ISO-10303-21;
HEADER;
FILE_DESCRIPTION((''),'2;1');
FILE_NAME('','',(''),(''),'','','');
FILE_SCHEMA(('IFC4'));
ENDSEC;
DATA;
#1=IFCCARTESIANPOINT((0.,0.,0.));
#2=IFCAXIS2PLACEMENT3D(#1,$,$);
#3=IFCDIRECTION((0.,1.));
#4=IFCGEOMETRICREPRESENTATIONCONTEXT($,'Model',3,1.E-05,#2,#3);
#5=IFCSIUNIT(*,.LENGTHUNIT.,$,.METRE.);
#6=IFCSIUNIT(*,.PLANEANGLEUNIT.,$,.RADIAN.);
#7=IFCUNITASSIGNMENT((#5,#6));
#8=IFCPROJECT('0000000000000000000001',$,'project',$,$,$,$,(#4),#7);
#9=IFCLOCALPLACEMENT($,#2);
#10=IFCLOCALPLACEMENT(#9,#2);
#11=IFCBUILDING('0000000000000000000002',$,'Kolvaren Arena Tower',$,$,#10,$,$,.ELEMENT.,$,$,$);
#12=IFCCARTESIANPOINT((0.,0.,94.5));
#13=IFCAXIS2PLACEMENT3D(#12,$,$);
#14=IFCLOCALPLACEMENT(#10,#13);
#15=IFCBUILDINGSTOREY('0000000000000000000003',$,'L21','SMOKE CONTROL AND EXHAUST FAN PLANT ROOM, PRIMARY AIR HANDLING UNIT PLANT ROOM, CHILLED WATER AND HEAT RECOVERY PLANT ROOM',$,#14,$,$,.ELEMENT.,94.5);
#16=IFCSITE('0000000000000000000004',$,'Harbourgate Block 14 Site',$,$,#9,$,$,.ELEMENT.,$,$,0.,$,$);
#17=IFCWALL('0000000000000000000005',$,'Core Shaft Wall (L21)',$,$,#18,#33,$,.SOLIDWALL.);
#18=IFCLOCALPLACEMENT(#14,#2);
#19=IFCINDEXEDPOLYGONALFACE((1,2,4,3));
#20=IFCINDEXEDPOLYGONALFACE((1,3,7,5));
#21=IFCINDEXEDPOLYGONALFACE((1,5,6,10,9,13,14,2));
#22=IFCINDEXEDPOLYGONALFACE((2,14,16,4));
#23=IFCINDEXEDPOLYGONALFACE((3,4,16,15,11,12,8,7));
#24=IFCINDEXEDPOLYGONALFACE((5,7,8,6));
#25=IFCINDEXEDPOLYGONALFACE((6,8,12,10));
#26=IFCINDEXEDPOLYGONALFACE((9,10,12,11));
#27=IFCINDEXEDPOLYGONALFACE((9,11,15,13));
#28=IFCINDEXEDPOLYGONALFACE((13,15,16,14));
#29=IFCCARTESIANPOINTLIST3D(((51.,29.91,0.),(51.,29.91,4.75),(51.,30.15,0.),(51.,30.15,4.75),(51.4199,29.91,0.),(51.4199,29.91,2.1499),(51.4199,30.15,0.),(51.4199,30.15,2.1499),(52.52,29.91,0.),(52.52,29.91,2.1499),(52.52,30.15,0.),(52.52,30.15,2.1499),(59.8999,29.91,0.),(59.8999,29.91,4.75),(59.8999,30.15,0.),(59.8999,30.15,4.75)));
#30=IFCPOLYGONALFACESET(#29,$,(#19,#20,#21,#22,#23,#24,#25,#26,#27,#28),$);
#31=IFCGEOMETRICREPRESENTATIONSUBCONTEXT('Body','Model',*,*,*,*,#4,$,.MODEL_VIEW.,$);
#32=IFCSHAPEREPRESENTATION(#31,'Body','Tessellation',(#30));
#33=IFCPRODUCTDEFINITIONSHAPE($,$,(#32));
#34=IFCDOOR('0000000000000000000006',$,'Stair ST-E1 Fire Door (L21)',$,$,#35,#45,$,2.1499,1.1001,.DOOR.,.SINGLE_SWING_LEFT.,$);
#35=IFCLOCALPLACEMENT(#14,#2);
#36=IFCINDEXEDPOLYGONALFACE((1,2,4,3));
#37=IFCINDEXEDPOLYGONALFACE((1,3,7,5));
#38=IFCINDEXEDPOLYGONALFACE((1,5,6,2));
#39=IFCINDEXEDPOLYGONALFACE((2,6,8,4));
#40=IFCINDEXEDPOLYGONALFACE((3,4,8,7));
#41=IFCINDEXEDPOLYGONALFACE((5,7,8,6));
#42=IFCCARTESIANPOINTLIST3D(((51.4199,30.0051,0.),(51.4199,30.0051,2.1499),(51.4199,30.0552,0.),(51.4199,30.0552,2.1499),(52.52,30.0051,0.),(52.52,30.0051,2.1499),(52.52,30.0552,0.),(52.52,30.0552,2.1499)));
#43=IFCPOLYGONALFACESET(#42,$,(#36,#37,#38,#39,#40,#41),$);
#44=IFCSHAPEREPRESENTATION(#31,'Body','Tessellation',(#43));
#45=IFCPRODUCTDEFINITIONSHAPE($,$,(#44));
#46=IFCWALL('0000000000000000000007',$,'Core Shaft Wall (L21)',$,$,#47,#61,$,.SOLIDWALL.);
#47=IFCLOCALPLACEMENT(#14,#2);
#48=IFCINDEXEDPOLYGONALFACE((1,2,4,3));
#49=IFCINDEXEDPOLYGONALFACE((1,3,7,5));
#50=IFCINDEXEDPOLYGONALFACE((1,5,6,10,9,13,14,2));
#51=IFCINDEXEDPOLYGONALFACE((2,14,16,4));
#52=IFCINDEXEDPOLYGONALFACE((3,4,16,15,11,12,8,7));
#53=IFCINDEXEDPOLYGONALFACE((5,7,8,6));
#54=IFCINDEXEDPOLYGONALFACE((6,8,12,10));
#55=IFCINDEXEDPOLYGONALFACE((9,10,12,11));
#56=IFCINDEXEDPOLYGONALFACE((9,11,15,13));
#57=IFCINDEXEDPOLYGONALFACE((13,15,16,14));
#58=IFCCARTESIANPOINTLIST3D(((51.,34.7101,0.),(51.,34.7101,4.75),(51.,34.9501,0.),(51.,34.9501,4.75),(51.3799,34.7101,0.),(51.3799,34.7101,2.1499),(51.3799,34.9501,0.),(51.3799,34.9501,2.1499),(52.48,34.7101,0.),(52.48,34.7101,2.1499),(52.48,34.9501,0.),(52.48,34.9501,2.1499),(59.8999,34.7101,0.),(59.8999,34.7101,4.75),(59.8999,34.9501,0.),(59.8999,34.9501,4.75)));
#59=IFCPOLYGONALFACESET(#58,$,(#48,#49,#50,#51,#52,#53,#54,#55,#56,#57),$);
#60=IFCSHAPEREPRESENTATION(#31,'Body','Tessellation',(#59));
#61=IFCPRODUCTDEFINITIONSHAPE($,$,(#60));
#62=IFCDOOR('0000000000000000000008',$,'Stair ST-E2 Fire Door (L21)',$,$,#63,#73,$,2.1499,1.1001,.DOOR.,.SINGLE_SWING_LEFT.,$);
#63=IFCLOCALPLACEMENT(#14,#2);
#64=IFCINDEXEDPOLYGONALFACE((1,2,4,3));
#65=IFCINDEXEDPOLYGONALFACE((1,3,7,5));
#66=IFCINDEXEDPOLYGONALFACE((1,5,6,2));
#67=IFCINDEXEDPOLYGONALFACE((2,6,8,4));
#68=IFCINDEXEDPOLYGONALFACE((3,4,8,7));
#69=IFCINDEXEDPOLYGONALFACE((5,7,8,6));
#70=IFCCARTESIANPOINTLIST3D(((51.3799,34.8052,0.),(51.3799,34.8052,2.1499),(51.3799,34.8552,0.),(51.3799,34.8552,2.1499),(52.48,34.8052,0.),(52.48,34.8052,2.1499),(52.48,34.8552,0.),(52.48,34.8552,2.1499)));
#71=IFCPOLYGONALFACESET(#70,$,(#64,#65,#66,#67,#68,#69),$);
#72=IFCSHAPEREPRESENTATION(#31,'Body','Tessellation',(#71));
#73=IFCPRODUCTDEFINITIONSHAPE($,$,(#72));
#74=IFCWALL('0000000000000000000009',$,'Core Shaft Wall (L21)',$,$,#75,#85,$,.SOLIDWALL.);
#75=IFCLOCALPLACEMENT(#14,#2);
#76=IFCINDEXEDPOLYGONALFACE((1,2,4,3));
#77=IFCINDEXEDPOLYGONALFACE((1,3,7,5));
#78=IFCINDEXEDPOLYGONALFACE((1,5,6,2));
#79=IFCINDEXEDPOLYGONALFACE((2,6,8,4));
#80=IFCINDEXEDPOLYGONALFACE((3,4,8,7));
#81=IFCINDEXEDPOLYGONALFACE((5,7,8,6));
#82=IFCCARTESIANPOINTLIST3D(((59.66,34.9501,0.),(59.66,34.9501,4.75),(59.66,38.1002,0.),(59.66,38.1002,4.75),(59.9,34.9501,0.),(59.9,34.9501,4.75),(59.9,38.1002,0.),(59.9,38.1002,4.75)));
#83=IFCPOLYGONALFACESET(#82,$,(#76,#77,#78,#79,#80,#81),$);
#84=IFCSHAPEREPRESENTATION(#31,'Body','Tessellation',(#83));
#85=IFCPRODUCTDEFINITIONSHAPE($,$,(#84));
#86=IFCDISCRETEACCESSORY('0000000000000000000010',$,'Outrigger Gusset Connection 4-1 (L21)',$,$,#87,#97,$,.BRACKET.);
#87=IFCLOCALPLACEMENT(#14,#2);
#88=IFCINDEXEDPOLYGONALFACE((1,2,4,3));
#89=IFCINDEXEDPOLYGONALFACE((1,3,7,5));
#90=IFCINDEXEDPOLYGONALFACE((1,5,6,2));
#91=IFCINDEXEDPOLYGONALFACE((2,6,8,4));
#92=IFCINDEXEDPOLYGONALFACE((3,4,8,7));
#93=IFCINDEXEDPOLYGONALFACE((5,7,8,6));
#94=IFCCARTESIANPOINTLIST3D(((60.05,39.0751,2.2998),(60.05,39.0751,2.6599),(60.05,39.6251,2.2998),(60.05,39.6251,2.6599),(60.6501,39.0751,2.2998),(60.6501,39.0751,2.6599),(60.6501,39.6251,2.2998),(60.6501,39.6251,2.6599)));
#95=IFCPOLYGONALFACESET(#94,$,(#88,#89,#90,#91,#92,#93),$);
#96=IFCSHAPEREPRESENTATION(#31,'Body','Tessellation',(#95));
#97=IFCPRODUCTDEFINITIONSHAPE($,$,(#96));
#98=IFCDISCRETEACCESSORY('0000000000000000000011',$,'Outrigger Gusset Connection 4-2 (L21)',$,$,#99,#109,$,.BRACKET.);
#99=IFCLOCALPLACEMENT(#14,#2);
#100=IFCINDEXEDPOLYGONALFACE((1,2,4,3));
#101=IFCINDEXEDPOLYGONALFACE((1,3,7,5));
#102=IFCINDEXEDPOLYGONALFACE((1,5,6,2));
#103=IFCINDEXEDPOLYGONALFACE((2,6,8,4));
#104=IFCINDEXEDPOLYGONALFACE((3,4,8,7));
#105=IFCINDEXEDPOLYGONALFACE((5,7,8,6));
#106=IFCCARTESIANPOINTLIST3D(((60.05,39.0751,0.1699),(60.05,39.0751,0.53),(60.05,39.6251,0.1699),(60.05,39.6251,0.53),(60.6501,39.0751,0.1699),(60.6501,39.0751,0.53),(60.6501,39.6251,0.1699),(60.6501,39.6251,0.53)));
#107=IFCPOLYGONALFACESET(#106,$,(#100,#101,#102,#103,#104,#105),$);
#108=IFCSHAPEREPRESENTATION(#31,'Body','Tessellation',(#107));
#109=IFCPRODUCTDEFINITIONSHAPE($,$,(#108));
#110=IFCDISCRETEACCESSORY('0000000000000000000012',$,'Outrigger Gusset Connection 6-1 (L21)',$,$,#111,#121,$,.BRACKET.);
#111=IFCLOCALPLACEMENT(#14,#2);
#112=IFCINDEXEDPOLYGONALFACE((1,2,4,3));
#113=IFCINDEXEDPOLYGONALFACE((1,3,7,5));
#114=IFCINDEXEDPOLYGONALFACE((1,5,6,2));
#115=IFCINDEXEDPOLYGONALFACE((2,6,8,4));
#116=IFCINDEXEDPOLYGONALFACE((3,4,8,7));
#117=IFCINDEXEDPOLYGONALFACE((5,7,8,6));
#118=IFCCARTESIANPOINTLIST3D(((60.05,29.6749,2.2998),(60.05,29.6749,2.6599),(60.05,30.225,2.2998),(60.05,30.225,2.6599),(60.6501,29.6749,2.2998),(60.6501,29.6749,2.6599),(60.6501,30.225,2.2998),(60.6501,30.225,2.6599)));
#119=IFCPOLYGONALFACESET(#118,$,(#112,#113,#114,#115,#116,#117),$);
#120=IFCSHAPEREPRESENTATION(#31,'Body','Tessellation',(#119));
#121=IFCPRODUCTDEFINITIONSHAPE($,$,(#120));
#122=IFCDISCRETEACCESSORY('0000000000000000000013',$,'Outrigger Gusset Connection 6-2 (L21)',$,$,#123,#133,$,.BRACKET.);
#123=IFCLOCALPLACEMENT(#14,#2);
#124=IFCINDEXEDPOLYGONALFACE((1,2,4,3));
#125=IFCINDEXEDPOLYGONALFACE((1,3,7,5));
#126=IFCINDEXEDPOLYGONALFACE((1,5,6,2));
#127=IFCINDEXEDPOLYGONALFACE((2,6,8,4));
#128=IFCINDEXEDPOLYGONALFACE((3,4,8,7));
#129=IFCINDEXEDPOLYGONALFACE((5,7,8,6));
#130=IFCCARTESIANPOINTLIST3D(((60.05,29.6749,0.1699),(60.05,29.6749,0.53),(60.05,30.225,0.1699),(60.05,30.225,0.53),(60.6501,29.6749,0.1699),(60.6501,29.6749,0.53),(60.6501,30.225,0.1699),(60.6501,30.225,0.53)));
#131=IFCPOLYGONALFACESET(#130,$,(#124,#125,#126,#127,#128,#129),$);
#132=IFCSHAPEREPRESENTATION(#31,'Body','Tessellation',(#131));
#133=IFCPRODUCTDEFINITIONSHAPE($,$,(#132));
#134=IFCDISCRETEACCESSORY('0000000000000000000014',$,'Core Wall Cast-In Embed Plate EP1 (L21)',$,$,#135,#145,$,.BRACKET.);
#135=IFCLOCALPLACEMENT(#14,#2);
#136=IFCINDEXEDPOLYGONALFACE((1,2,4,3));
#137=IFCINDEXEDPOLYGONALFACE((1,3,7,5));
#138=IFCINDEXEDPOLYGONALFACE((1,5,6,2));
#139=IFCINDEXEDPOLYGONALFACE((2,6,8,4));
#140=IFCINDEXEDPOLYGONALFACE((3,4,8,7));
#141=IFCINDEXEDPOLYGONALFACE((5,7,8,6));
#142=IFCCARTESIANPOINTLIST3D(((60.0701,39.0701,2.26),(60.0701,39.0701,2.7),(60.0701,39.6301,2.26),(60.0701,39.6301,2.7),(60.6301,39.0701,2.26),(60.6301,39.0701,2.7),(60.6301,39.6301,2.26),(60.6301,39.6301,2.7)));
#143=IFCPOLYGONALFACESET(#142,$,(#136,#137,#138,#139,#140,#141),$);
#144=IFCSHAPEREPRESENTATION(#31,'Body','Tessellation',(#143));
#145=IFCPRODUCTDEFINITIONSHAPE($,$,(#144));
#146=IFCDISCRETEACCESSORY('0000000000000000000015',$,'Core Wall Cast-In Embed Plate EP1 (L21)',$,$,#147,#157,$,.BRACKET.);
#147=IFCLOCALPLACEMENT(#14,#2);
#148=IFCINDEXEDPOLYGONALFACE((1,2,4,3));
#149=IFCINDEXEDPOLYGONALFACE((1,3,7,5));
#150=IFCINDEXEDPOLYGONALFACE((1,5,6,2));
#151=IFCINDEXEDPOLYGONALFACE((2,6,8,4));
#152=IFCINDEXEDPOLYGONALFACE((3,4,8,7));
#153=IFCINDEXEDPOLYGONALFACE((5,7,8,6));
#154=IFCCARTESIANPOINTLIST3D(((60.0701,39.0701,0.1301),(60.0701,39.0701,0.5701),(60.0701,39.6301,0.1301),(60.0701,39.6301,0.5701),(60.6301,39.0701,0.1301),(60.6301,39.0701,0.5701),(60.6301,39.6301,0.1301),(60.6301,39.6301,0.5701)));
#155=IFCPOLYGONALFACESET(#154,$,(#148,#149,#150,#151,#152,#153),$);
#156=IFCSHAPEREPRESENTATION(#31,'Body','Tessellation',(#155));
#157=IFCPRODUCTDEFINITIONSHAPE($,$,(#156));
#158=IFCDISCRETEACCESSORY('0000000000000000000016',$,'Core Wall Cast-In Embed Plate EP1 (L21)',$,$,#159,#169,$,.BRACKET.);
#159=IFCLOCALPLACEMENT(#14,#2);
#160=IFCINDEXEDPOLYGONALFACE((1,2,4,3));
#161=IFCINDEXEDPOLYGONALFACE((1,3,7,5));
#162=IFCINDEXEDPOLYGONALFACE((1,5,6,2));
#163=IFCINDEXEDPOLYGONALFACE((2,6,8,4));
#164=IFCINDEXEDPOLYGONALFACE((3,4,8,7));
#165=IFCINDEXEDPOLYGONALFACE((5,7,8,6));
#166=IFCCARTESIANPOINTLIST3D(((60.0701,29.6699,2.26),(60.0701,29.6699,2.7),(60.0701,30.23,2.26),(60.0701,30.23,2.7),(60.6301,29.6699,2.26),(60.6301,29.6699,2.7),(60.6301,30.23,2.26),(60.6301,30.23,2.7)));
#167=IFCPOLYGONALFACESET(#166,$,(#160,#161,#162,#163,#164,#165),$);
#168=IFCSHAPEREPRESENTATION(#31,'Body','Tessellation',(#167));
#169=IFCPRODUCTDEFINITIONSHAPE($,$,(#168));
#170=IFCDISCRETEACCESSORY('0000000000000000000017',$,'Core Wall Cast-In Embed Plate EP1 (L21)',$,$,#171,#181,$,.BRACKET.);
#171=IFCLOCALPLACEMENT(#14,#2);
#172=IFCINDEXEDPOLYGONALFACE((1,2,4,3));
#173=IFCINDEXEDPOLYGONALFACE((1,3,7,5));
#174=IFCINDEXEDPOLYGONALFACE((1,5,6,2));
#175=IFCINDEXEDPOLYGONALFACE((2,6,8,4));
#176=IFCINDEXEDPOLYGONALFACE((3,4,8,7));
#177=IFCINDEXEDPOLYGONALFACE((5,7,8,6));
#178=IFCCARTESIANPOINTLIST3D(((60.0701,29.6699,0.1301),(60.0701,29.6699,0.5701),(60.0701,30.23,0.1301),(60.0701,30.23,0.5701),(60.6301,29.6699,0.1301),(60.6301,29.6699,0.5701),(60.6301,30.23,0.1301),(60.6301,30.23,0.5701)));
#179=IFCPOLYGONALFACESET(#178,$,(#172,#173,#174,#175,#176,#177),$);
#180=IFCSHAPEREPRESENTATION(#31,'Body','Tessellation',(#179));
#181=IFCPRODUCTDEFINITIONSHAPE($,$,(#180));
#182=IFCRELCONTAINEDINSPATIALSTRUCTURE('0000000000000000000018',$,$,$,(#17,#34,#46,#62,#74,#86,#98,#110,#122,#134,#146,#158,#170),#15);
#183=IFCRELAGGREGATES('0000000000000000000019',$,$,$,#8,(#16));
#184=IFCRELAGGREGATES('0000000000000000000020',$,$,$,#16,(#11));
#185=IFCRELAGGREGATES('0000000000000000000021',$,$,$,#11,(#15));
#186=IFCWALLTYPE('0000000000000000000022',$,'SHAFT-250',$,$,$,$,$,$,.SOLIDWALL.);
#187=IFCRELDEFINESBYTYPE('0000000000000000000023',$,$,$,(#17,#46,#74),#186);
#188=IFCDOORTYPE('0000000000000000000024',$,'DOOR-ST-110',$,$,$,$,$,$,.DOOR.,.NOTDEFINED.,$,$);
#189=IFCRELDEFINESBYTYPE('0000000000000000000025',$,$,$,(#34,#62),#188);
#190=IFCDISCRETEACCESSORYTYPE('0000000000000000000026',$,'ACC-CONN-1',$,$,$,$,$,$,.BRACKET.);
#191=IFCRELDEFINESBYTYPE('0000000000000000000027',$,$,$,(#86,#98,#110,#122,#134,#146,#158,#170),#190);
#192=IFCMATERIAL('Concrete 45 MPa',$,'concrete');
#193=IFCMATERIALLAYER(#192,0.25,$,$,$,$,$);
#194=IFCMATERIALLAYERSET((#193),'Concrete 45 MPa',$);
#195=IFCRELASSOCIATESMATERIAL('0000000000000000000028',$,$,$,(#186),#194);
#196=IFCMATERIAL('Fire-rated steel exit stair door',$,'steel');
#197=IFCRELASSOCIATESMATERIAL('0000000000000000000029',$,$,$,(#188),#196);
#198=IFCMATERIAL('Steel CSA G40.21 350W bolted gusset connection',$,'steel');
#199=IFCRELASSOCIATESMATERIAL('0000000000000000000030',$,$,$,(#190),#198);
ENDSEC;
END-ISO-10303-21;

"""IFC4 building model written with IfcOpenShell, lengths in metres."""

from ifc_helpers import new_model, si_unit, direction, frame, frame_2d, origin, origin_2d, place, context, subcontext, project, spatial, rectangle, extrude, material, layer, layer_set, type_object, element, fill, save


model = new_model("IFC4")

# Units and contexts
model_context = context("Model", 3, precision=1e-05, world=origin(), true_north=direction((0.0, 1.0)))
body_context = subcontext(model_context, "Body", "Model", "MODEL_VIEW")
ifc_project = project(units=[si_unit("LENGTHUNIT", "METRE"), si_unit("PLANEANGLEUNIT", "RADIAN")], contexts=[model_context])

# Site, building, storey
site_placement = place(None, origin())
site = spatial("IfcSite", under=ifc_project, at=site_placement, Name="Harbourgate Block 14 Site", CompositionType="ELEMENT", RefElevation=0.0)
building_placement = place(site_placement, origin())
building = spatial("IfcBuilding", under=site, at=building_placement, Name="Kolvaren Arena Tower", CompositionType="ELEMENT")
storey_placement = place(building_placement, frame((0.0, 0.0, 94.5)))
storey = spatial("IfcBuildingStorey", under=building, at=storey_placement, Name="L21", Description="SMOKE CONTROL AND EXHAUST FAN PLANT ROOM, PRIMARY AIR HANDLING UNIT PLANT ROOM, CHILLED WATER AND HEAT RECOVERY PLANT ROOM", CompositionType="ELEMENT", Elevation=94.5)

# Walls, openings, doors
ifc_material_1 = material(Name="Concrete 45 MPa", Category="concrete")
ifc_layer = layer(ifc_material_1, 0.25)
ifc_layer_set = layer_set([ifc_layer], Name="Concrete 45 MPa")
wall_type = type_object("IfcWallType", Name="SHAFT-250", PredefinedType="SOLIDWALL", material=ifc_layer_set)
wall_1_placement = place(storey_placement, frame((59.8999, 30.03, 0.0), z_axis=(0.0, 0.0, 1.0), x_axis=(-1.0, 0.0, 0.0)))
wall_1 = element("IfcWall", 1, at=wall_1_placement, inside=storey, type_object=wall_type, Name="Core Shaft Wall (L21)", PredefinedType="SOLIDWALL", context=body_context, shape_type="SweptSolid", body=[
    extrude(rectangle(XDim=8.8999, YDim=0.24, at=frame_2d((4.45, 0.0))), origin(), (0.0, 0.0, 1.0), 4.75),
])
opening_1_placement = place(wall_1_placement, frame((7.3799, 0.0, 0.0)))
opening_1 = element("IfcOpeningElement", 2, at=opening_1_placement, cuts=wall_1, PredefinedType="OPENING", context=body_context, shape_type="SweptSolid", body=[
    extrude(rectangle(XDim=1.1001, YDim=2.1499, at=frame_2d((0.55, 1.075))), frame((0.0, 0.1299, 0.0), z_axis=(0.0, -1.0, 0.0), x_axis=(1.0, 0.0, 0.0)), (0.0, 0.0, 1.0), 0.26),
])
ifc_material_2 = material(Name="Fire-rated steel exit stair door", Category="steel")
door_type = type_object("IfcDoorType", Name="DOOR-ST-110", OperationType="NOTDEFINED", PredefinedType="DOOR", material=ifc_material_2)
door_1_placement = place(opening_1_placement, origin())
door_1 = element("IfcDoor", 3, at=door_1_placement, inside=storey, type_object=door_type, Name="Stair ST-E1 Fire Door (L21)", OperationType="SINGLE_SWING_LEFT", OverallHeight=2.1499, OverallWidth=1.1001, PredefinedType="DOOR", context=body_context, shape_type="SweptSolid", body=[
    extrude(rectangle(XDim=1.1001, YDim=2.1499, at=frame_2d((0.55, 1.075))), frame((0.0, 0.0249, 0.0), z_axis=(0.0, -1.0, 0.0), x_axis=(1.0, 0.0, 0.0)), (0.0, 0.0, 1.0), 0.05),
])
fill(opening_1, door_1)
wall_2_placement = place(storey_placement, frame((59.8999, 34.8301, 0.0), z_axis=(0.0, 0.0, 1.0), x_axis=(-1.0, 0.0, 0.0)))
wall_2 = element("IfcWall", 4, at=wall_2_placement, inside=storey, type_object=wall_type, Name="Core Shaft Wall (L21)", PredefinedType="SOLIDWALL", context=body_context, shape_type="SweptSolid", body=[
    extrude(rectangle(XDim=8.8999, YDim=0.24, at=frame_2d((4.45, 0.0))), origin(), (0.0, 0.0, 1.0), 4.75),
])
opening_2_placement = place(wall_2_placement, frame((7.4199, 0.0, 0.0)))
opening_2 = element("IfcOpeningElement", 5, at=opening_2_placement, cuts=wall_2, PredefinedType="OPENING", context=body_context, shape_type="SweptSolid", body=[
    extrude(rectangle(XDim=1.1001, YDim=2.1499, at=frame_2d((0.55, 1.075))), frame((0.0, 0.1299, 0.0), z_axis=(0.0, -1.0, 0.0), x_axis=(1.0, 0.0, 0.0)), (0.0, 0.0, 1.0), 0.26),
])
door_2_placement = place(opening_2_placement, origin())
door_2 = element("IfcDoor", 6, at=door_2_placement, inside=storey, type_object=door_type, Name="Stair ST-E2 Fire Door (L21)", OperationType="SINGLE_SWING_LEFT", OverallHeight=2.1499, OverallWidth=1.1001, PredefinedType="DOOR", context=body_context, shape_type="SweptSolid", body=[
    extrude(rectangle(XDim=1.1001, YDim=2.1499, at=frame_2d((0.55, 1.075))), frame((0.0, 0.0249, 0.0), z_axis=(0.0, -1.0, 0.0), x_axis=(1.0, 0.0, 0.0)), (0.0, 0.0, 1.0), 0.05),
])
fill(opening_2, door_2)

# Wall
wall_3_placement = place(storey_placement, frame((59.78, 34.95, 0.0), z_axis=(0.0, 0.0, 1.0), x_axis=(0.0, 1.0, 0.0)))
element("IfcWall", 7, at=wall_3_placement, inside=storey, type_object=wall_type, Name="Core Shaft Wall (L21)", PredefinedType="SOLIDWALL", context=body_context, shape_type="SweptSolid", body=[
    extrude(rectangle(XDim=3.1501, YDim=0.24, at=frame_2d((1.5752, 0.0))), origin(), (0.0, 0.0, 1.0), 4.75),
])

# Discrete accessories
ifc_material_3 = material(Name="Steel CSA G40.21 350W bolted gusset connection", Category="steel")
discrete_accessory_type = type_object("IfcDiscreteAccessoryType", Name="ACC-CONN-1", PredefinedType="BRACKET", material=ifc_material_3)
for number, where, z_axis, x_axis, name in (
    (8, (60.3501, 39.3501, 2.2998), (0.0, 0.0, 1.0), (1.0, 0.0, 0.0), "Outrigger Gusset Connection 4-1 (L21)"),
    (9, (60.3501, 39.3501, 0.1699), (0.0, 0.0, 1.0), (1.0, 0.0, 0.0), "Outrigger Gusset Connection 4-2 (L21)"),
    (10, (60.3501, 29.95, 2.2998), (0.0, 0.0, 1.0), (1.0, 0.0, 0.0), "Outrigger Gusset Connection 6-1 (L21)"),
    (11, (60.3501, 29.95, 0.1699), (0.0, 0.0, 1.0), (1.0, 0.0, 0.0), "Outrigger Gusset Connection 6-2 (L21)"),
):
    element("IfcDiscreteAccessory", number, at=place(storey_placement, frame(where, z_axis=z_axis, x_axis=x_axis)), inside=storey, type_object=discrete_accessory_type, Name=name, PredefinedType="BRACKET", context=body_context, shape_type="SweptSolid", body=[
        extrude(rectangle(XDim=0.6001, YDim=0.55, at=origin_2d()), origin(), (0.0, 0.0, 1.0), 0.3601),
    ])
for number, where, z_axis, x_axis, name in (
    (12, (60.3501, 39.3501, 2.26), (0.0, 0.0, 1.0), (1.0, 0.0, 0.0), "Core Wall Cast-In Embed Plate EP1 (L21)"),
    (13, (60.3501, 39.3501, 0.1301), (0.0, 0.0, 1.0), (1.0, 0.0, 0.0), "Core Wall Cast-In Embed Plate EP1 (L21)"),
    (14, (60.3501, 29.95, 2.26), (0.0, 0.0, 1.0), (1.0, 0.0, 0.0), "Core Wall Cast-In Embed Plate EP1 (L21)"),
    (15, (60.3501, 29.95, 0.1301), (0.0, 0.0, 1.0), (1.0, 0.0, 0.0), "Core Wall Cast-In Embed Plate EP1 (L21)"),
):
    element("IfcDiscreteAccessory", number, at=place(storey_placement, frame(where, z_axis=z_axis, x_axis=x_axis)), inside=storey, type_object=discrete_accessory_type, Name=name, PredefinedType="BRACKET", context=body_context, shape_type="SweptSolid", body=[
        extrude(rectangle(XDim=0.5601, YDim=0.5601, at=origin_2d()), origin(), (0.0, 0.0, 1.0), 0.4399),
    ])

save(model, "model.ifc")
